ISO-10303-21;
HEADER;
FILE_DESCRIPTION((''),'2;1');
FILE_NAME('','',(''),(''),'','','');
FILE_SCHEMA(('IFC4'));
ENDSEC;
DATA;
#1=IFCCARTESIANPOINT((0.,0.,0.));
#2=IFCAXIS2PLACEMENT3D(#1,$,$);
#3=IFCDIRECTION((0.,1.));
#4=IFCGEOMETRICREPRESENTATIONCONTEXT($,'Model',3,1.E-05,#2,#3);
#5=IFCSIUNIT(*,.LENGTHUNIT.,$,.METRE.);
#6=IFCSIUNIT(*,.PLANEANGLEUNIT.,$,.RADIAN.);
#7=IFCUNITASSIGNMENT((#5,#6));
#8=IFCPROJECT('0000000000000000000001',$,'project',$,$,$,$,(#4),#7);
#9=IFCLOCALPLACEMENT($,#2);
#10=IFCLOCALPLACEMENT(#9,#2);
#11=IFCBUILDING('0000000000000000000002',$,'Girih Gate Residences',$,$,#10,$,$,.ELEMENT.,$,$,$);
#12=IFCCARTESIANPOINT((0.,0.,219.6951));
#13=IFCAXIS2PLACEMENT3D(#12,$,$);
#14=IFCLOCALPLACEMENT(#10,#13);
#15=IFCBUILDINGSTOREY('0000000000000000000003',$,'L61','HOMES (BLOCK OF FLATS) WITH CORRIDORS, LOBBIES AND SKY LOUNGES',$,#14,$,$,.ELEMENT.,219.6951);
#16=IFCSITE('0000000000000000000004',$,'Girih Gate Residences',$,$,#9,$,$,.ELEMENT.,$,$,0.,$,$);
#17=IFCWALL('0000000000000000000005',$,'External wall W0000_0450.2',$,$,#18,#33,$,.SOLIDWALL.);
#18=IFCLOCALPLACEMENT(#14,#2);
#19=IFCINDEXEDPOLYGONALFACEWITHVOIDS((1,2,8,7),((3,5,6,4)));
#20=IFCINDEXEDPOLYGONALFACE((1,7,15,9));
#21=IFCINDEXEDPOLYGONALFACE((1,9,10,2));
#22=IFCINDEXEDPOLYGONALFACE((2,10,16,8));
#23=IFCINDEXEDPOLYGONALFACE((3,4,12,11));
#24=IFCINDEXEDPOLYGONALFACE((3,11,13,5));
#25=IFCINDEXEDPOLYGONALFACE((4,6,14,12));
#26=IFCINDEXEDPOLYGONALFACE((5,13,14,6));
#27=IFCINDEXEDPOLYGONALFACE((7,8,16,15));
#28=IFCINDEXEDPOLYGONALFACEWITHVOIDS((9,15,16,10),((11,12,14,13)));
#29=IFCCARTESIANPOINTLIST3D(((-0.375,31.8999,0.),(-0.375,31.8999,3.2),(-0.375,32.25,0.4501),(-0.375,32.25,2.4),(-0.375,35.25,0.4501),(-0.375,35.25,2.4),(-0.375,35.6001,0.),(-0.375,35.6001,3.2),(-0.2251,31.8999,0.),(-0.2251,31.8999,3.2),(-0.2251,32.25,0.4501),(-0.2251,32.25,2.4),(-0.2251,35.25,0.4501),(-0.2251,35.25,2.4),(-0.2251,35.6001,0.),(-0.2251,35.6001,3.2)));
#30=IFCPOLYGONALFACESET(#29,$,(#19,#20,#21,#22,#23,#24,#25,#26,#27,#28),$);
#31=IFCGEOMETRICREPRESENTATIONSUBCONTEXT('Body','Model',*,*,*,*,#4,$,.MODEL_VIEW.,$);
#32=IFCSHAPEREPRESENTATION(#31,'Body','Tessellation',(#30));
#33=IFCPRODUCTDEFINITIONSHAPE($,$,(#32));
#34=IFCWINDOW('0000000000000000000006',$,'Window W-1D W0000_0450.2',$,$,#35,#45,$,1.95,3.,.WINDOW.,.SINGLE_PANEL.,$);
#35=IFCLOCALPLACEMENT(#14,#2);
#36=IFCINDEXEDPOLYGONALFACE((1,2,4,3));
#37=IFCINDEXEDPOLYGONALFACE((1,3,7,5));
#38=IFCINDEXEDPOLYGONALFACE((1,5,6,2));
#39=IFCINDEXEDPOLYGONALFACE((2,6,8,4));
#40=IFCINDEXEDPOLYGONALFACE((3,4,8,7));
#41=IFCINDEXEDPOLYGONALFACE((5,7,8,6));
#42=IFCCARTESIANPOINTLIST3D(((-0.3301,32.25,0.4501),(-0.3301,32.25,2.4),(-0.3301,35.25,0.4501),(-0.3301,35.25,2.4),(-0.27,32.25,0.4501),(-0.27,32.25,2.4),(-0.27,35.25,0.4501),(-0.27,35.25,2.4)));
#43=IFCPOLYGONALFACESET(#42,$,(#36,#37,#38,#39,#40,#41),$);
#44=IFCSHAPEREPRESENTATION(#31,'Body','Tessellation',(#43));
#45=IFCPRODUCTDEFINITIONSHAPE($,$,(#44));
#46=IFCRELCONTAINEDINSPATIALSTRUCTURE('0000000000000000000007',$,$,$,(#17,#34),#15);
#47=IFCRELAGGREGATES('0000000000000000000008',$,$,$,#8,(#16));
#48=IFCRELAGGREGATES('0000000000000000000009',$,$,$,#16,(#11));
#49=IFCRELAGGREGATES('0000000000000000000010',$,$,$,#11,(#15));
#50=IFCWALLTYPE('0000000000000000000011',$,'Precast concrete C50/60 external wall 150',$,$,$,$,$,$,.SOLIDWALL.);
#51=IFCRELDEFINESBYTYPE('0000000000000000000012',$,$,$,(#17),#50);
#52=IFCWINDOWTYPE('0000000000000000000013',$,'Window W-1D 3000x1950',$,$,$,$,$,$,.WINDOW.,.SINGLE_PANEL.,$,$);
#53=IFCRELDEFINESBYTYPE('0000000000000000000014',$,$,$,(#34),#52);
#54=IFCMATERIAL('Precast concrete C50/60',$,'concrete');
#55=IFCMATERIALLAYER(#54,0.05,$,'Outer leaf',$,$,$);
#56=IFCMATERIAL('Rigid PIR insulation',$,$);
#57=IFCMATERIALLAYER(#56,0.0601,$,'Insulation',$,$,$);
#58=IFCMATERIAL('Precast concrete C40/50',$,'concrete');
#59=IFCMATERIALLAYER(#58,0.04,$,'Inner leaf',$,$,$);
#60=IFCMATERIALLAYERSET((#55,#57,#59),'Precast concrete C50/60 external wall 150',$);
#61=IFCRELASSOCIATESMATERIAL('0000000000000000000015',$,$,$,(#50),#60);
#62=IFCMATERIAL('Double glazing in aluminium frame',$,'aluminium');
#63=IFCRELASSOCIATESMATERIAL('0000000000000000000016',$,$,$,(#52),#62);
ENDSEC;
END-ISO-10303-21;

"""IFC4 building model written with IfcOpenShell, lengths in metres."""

from ifc_helpers import new_model, si_unit, direction, frame, frame_2d, origin, place, context, subcontext, project, spatial, rectangle, extrude, material, layer, layer_set, type_object, element, fill, save


model = new_model("IFC4")

# Units and contexts
model_context = context("Model", 3, precision=1e-05, world=origin(), true_north=direction((0.0, 1.0)))
body_context = subcontext(model_context, "Body", "Model", "MODEL_VIEW")
ifc_project = project(units=[si_unit("LENGTHUNIT", "METRE"), si_unit("PLANEANGLEUNIT", "RADIAN")], contexts=[model_context])

# Site, building, storey
site_placement = place(None, origin())
site = spatial("IfcSite", under=ifc_project, at=site_placement, Name="Girih Gate Residences", CompositionType="ELEMENT", RefElevation=0.0)
building_placement = place(site_placement, origin())
building = spatial("IfcBuilding", under=site, at=building_placement, Name="Girih Gate Residences", CompositionType="ELEMENT")
storey_placement = place(building_placement, frame((0.0, 0.0, 219.6951)))
storey = spatial("IfcBuildingStorey", under=building, at=storey_placement, Name="L61", Description="HOMES (BLOCK OF FLATS) WITH CORRIDORS, LOBBIES AND SKY LOUNGES", CompositionType="ELEMENT", Elevation=219.6951)

# Wall, opening, window
ifc_material_1 = material(Name="Precast concrete C50/60", Category="concrete")
ifc_layer_1 = layer(ifc_material_1, 0.05, Name="Outer leaf")
ifc_material_2 = material(Name="Rigid PIR insulation")
ifc_layer_2 = layer(ifc_material_2, 0.0601, Name="Insulation")
ifc_material_3 = material(Name="Precast concrete C40/50", Category="concrete")
ifc_layer_3 = layer(ifc_material_3, 0.04, Name="Inner leaf")
ifc_layer_set_1 = layer_set([ifc_layer_1, ifc_layer_2, ifc_layer_3], Name="Precast concrete C50/60 external wall 150")
wall_type_1 = type_object("IfcWallType", Name="Precast concrete C50/60 external wall 150", PredefinedType="SOLIDWALL", material=ifc_layer_set_1)
ifc_material_4 = material(Name="Double glazing in aluminium frame", Category="aluminium")
window_type = type_object("IfcWindowType", Name="Window W-1D 3000x1950", PartitioningType="SINGLE_PANEL", PredefinedType="WINDOW", material=ifc_material_4)
wall_1_placement = place(storey_placement, frame((-0.3, 31.8999, 0.0), z_axis=(0.0, 0.0, 1.0), x_axis=(0.0, 1.0, 0.0)))
wall_1 = element("IfcWall", 1, at=wall_1_placement, inside=storey, type_object=wall_type_1, Name="External wall W0000_0450.2", PredefinedType="SOLIDWALL", context=body_context, shape_type="SweptSolid", body=[
    extrude(rectangle(XDim=3.7002, YDim=0.1499, at=frame_2d((1.8501, 0.0))), origin(), (0.0, 0.0, 1.0), 3.2),
])
opening_1_placement = place(wall_1_placement, frame((0.3501, 0.0, 0.45)))
opening_1 = element("IfcOpeningElement", 2, at=opening_1_placement, cuts=wall_1, PredefinedType="OPENING", context=body_context, shape_type="SweptSolid", body=[
    extrude(rectangle(XDim=3.0, YDim=1.95, at=frame_2d((1.5, 0.9751))), frame((0.0, 0.085, 0.0), z_axis=(0.0, -1.0, 0.0), x_axis=(1.0, 0.0, 0.0)), (0.0, 0.0, 1.0), 0.1699),
])
window_1_placement = place(opening_1_placement, origin())
window_1 = element("IfcWindow", 3, at=window_1_placement, inside=storey, type_object=window_type, Name="Window W-1D W0000_0450.2", OverallHeight=1.95, OverallWidth=3.0, PartitioningType="SINGLE_PANEL", PredefinedType="WINDOW", context=body_context, shape_type="SweptSolid", body=[
    extrude(rectangle(XDim=3.0, YDim=1.95, at=frame_2d((1.5, 0.9751))), frame((0.0, 0.03, 0.0), z_axis=(0.0, -1.0, 0.0), x_axis=(1.0, 0.0, 0.0)), (0.0, 0.0, 1.0), 0.0601),
])
fill(opening_1, window_1)

save(model, "model.ifc")
